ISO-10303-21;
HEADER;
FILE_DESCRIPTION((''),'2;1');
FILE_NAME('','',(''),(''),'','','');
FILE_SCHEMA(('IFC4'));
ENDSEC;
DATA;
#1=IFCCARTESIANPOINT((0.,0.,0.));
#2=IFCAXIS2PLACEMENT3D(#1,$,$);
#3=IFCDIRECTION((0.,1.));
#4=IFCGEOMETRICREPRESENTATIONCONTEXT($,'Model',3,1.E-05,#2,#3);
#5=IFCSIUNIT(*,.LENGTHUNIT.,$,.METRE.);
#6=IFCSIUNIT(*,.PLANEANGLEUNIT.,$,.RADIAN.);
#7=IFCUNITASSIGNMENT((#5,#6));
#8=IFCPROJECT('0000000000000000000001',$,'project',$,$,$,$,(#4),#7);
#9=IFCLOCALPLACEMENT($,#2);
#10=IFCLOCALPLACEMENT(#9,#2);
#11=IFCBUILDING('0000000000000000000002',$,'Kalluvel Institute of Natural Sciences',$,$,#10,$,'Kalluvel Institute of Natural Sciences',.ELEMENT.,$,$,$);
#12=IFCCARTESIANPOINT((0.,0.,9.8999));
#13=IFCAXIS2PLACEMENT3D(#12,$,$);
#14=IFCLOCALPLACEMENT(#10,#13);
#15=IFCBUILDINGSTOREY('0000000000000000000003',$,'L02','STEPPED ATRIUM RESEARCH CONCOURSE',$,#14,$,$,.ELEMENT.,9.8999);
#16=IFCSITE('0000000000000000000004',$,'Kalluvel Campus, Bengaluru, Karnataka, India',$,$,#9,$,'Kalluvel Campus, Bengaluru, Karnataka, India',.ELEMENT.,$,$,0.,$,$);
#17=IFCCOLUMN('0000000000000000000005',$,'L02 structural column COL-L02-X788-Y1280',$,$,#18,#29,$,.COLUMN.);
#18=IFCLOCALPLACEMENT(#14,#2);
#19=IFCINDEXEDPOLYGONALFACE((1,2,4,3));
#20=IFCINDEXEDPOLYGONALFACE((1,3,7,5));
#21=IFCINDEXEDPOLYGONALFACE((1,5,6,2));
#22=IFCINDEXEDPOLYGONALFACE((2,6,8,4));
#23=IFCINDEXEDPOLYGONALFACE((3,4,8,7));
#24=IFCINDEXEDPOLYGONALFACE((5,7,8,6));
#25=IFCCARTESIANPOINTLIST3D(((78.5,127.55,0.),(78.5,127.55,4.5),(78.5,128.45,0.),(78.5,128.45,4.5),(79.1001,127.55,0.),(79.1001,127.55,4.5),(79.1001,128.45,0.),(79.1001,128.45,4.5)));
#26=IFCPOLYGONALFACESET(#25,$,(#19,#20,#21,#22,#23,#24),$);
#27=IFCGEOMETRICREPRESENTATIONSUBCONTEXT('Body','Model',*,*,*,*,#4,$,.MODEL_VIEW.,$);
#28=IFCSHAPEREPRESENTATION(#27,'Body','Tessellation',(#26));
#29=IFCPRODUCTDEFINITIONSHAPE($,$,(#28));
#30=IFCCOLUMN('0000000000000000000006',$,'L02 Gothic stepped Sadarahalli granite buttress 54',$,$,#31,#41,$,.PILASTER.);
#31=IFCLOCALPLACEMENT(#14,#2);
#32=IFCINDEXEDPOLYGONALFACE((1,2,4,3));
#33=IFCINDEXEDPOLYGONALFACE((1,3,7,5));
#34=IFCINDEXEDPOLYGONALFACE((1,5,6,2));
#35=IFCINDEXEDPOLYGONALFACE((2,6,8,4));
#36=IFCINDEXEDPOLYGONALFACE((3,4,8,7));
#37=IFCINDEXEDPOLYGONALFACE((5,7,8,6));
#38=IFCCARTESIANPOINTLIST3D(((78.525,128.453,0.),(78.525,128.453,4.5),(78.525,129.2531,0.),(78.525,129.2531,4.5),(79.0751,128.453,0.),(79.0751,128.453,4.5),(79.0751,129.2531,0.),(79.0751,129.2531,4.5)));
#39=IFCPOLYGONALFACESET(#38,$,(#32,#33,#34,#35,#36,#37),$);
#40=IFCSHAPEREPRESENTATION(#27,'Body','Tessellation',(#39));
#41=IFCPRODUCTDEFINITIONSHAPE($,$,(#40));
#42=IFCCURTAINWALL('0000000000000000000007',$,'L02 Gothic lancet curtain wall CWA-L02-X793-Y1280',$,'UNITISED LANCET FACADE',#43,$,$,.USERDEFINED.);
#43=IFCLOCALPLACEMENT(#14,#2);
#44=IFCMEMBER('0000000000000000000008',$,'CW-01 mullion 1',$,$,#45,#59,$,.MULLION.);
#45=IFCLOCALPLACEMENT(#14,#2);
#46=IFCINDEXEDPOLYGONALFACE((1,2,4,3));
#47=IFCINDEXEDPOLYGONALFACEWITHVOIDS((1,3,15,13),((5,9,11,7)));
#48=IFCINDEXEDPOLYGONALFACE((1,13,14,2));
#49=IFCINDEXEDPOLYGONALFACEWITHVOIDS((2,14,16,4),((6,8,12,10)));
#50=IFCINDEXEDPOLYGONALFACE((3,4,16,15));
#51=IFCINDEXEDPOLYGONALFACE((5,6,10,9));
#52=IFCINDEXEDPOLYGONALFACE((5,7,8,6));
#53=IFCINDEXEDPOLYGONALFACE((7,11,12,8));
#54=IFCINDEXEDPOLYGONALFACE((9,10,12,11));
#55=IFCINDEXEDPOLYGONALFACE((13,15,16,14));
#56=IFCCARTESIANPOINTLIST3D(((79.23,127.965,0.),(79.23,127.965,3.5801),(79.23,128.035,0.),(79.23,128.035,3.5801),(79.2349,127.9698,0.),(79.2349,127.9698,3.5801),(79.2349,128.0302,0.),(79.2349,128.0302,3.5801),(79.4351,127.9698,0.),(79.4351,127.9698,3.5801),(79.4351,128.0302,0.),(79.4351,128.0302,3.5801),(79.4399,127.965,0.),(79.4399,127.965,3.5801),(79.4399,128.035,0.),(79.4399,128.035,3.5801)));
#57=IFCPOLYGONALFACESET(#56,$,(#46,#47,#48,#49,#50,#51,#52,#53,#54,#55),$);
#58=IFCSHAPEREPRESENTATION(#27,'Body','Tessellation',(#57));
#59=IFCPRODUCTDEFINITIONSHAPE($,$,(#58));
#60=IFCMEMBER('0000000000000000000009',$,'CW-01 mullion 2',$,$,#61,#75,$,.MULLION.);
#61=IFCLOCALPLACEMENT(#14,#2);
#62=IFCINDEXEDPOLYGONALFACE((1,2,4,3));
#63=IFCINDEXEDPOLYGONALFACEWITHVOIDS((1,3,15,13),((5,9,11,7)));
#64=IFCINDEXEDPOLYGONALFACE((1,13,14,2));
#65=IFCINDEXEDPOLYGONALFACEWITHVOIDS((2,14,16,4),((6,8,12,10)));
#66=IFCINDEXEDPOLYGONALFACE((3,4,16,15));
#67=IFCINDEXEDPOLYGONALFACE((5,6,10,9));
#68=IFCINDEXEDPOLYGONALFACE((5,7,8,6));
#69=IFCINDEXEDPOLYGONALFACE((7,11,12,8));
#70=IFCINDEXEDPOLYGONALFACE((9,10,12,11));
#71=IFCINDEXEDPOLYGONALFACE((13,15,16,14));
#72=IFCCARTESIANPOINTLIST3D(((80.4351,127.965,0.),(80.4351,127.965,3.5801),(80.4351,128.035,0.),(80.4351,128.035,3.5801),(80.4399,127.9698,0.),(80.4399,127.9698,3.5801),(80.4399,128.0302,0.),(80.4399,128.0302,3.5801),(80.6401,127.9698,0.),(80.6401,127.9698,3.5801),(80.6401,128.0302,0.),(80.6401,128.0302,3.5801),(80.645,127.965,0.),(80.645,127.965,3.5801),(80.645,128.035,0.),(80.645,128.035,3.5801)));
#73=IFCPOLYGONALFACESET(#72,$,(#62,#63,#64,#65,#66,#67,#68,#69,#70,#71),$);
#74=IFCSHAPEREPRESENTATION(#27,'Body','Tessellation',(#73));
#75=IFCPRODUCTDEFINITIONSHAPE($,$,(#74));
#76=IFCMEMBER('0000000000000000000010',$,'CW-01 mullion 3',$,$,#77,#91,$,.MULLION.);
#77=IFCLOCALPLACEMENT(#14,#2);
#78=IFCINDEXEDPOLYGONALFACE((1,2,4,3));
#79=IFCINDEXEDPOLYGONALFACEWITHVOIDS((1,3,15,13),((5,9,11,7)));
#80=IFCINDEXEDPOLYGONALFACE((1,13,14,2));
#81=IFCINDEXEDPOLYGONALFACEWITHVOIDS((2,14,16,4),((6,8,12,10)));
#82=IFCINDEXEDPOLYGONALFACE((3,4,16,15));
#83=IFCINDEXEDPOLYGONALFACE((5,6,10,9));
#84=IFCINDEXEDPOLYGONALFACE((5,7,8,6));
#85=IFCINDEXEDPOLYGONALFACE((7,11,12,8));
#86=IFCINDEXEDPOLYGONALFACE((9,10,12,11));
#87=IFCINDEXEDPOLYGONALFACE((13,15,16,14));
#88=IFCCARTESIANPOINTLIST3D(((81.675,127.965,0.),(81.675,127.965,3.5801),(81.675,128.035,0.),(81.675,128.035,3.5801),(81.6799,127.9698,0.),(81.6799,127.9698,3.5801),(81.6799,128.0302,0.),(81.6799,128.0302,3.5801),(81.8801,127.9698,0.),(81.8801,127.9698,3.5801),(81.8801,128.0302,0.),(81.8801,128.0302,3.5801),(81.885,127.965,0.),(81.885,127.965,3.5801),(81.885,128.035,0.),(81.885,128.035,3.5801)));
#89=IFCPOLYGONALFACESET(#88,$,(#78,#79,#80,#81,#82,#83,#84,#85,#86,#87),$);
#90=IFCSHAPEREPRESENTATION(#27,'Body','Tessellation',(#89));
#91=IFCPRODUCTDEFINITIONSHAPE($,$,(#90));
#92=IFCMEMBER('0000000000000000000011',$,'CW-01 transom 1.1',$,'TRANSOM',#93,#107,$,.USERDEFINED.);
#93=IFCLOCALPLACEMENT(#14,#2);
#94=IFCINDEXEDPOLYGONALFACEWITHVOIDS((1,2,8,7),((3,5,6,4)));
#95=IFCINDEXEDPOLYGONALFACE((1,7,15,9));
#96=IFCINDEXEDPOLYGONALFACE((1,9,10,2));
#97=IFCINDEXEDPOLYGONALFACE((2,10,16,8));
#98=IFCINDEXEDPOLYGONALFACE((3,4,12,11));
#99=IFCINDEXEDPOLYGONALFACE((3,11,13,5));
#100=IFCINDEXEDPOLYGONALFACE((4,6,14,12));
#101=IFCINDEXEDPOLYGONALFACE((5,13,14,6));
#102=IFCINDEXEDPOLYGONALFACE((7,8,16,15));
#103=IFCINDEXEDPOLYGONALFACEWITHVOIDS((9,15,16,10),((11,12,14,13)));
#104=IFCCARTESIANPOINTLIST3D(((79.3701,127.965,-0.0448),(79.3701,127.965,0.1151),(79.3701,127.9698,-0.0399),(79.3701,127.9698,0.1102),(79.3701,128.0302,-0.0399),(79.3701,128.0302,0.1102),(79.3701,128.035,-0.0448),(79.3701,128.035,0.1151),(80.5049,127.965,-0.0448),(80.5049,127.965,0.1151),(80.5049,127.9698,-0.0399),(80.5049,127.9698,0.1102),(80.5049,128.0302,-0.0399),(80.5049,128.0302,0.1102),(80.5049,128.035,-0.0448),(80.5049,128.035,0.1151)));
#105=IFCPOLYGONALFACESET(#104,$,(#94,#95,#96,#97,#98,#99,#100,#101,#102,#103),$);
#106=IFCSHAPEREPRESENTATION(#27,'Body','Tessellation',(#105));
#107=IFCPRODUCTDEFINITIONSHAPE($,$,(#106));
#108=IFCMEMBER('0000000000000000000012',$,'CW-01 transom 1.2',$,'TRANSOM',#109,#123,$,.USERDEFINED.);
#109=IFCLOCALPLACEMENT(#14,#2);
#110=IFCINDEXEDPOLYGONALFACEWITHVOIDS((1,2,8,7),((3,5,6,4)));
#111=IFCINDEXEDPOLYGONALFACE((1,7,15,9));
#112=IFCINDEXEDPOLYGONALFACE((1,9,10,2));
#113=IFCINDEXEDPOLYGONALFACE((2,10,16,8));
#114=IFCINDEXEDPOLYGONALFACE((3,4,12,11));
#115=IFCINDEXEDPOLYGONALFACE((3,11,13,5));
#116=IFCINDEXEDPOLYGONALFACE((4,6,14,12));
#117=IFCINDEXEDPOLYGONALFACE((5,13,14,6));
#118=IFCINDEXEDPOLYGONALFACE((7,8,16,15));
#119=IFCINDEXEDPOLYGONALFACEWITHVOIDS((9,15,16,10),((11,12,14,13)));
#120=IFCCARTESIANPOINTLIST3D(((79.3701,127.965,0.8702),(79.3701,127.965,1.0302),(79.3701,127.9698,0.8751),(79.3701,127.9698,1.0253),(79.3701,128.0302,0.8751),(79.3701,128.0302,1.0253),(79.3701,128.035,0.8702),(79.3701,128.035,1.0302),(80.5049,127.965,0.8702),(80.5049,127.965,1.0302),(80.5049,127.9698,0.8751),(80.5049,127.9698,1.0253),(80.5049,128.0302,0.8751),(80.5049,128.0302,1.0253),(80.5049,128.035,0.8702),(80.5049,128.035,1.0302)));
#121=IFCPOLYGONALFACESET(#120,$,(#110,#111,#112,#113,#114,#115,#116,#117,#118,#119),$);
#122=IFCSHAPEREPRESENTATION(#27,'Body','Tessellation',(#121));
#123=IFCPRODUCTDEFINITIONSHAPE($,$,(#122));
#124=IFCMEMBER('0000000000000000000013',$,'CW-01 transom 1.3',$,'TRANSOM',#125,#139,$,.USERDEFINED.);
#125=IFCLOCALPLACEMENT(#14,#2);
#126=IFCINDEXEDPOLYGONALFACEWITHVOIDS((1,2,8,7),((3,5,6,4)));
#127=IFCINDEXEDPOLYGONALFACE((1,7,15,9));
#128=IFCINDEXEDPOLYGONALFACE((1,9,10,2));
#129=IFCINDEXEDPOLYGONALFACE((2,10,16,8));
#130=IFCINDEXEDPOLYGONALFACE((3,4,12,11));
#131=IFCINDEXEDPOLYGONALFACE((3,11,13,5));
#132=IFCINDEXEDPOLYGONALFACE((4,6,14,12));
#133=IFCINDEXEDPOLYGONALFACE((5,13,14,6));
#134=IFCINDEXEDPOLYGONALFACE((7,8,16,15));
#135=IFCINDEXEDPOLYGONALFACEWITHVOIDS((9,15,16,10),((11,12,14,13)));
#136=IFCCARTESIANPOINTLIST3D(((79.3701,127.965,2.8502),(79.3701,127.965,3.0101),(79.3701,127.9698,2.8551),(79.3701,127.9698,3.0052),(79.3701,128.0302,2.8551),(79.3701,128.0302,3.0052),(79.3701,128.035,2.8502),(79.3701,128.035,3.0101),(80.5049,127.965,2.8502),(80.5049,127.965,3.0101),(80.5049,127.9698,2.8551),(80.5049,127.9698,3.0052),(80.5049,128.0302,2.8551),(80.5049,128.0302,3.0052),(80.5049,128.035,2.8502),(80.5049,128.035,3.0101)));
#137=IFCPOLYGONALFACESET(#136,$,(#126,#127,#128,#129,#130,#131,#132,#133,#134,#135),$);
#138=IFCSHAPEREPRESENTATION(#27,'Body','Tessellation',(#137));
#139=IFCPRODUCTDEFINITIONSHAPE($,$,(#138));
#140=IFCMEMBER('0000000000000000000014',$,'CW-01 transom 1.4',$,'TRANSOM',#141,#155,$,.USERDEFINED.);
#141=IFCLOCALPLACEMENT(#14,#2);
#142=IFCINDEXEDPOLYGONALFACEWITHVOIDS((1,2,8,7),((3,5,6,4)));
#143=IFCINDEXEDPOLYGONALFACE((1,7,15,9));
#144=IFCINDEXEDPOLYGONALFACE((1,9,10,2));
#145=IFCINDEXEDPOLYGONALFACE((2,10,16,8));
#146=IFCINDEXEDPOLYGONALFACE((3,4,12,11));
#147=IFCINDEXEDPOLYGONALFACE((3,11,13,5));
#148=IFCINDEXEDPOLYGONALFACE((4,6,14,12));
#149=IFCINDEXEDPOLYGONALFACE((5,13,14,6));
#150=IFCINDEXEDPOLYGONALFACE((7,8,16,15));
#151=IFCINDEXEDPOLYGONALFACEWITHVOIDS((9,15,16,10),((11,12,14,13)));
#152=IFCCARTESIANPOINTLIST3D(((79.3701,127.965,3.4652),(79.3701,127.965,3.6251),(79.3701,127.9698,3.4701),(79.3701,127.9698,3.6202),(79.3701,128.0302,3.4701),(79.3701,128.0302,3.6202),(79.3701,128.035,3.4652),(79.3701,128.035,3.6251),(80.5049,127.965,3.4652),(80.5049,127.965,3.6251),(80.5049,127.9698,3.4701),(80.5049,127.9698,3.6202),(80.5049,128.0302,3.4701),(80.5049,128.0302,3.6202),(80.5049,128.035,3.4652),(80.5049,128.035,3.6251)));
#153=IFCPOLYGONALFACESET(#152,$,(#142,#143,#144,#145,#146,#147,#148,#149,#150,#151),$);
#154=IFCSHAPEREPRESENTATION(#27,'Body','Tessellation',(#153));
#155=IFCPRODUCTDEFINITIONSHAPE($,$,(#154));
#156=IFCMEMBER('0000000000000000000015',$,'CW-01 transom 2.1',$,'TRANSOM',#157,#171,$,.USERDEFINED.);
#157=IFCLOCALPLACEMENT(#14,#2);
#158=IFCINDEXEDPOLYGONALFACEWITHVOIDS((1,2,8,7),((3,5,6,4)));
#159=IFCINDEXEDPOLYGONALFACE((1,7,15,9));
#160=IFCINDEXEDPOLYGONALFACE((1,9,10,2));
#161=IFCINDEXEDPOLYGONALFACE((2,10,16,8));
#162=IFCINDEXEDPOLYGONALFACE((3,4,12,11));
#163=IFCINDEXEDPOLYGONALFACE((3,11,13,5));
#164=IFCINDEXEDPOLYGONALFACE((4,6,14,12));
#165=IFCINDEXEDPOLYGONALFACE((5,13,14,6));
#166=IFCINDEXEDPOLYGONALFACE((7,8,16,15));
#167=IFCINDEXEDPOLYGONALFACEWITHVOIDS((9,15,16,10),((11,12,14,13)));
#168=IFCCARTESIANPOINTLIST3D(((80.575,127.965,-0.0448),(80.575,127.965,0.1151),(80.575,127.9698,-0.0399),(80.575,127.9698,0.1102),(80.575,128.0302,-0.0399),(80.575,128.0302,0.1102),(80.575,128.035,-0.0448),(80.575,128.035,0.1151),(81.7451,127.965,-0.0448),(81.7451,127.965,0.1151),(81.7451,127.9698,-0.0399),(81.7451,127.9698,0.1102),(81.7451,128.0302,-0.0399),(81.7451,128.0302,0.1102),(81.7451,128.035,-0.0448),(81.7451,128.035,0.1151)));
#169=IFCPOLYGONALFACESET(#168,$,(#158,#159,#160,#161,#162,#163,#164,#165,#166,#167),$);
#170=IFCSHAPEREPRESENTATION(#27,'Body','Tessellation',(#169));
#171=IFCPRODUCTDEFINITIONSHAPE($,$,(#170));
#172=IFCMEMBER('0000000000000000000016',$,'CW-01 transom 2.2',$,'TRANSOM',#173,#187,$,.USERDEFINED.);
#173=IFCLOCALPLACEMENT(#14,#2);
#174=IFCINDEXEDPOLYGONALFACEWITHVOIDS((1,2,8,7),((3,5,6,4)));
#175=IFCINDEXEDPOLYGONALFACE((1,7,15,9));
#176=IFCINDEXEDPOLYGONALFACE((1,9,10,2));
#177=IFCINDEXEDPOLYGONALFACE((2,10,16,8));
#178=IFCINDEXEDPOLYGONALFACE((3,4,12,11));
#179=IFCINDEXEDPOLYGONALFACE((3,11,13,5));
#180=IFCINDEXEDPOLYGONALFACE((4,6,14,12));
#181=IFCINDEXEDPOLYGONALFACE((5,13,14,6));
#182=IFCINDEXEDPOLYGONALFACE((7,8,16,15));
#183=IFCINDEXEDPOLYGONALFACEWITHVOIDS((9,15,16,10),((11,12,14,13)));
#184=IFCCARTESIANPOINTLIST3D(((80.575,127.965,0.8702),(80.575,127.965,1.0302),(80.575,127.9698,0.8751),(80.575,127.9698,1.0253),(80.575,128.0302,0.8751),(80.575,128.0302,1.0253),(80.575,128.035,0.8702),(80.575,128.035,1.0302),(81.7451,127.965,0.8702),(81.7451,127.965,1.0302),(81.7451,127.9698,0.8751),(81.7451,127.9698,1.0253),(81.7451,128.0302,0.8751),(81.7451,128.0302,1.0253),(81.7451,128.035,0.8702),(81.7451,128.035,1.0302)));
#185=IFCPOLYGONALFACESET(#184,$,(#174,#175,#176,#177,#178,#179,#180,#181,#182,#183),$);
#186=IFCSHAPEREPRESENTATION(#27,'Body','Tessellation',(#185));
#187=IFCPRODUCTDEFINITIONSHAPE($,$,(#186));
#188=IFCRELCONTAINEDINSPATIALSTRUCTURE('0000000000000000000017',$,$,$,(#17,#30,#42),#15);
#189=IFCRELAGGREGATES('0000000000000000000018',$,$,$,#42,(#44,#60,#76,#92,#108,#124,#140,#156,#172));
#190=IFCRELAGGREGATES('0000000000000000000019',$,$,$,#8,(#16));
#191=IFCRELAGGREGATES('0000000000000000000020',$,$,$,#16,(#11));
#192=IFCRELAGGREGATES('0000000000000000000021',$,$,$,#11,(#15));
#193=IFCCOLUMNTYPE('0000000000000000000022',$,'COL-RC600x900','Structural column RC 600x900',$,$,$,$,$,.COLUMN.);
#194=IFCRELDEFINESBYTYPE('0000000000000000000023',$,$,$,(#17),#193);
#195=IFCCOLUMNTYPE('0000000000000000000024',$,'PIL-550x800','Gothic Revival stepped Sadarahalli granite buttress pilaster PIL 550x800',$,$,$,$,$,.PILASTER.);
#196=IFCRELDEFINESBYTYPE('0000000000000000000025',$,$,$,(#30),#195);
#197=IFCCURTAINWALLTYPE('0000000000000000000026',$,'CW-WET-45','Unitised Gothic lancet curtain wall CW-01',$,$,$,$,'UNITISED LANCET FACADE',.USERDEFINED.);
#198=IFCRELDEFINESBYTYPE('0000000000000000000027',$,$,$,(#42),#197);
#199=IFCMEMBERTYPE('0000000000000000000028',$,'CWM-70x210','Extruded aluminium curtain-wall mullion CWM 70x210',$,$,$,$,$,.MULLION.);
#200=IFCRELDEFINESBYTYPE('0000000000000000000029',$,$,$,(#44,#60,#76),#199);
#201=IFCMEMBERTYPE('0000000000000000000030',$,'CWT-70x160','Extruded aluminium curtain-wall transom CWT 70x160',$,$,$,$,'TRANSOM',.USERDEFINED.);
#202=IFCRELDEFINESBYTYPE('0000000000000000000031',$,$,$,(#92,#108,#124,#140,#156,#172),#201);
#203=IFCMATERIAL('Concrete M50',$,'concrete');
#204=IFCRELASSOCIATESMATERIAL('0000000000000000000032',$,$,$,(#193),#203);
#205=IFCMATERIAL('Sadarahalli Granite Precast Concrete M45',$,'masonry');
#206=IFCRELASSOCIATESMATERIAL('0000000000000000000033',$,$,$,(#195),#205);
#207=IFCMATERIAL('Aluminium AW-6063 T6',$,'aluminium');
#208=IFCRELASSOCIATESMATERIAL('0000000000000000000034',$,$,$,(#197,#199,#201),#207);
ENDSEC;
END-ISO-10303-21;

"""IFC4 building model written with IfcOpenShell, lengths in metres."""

from ifc_helpers import new_model, si_unit, direction, frame, origin, origin_2d, place, context, subcontext, project, spatial, rectangle, hollow_rectangle, extrude, material, material_profile, profile_set, type_object, element, aggregate, save


model = new_model("IFC4")

# Units and contexts
model_context = context("Model", 3, precision=1e-05, world=origin(), true_north=direction((0.0, 1.0)))
body_context = subcontext(model_context, "Body", "Model", "MODEL_VIEW")
ifc_project = project(units=[si_unit("LENGTHUNIT", "METRE"), si_unit("PLANEANGLEUNIT", "RADIAN")], contexts=[model_context])

# Site, building, storey
site_placement = place(None, origin())
site = spatial("IfcSite", under=ifc_project, at=site_placement, Name="Kalluvel Campus, Bengaluru, Karnataka, India", LongName="Kalluvel Campus, Bengaluru, Karnataka, India", CompositionType="ELEMENT", RefElevation=0.0)
building_placement = place(site_placement, origin())
building = spatial("IfcBuilding", under=site, at=building_placement, Name="Kalluvel Institute of Natural Sciences", LongName="Kalluvel Institute of Natural Sciences", CompositionType="ELEMENT")
storey_placement = place(building_placement, frame((0.0, 0.0, 9.8999)))
storey = spatial("IfcBuildingStorey", under=building, at=storey_placement, Name="L02", Description="STEPPED ATRIUM RESEARCH CONCOURSE", CompositionType="ELEMENT", Elevation=9.8999)

# Columns
ifc_material_1 = material(Name="Concrete M50", Category="concrete")
ifc_material_profile_1 = material_profile(ifc_material_1, rectangle(XDim=0.6001, YDim=0.8999, at=origin_2d()), Name="RC 600x900")
ifc_profile_set_1 = profile_set([ifc_material_profile_1], Name="Concrete M50")
column_type_1 = type_object("IfcColumnType", Name="COL-RC600x900", Description="Structural column RC 600x900", PredefinedType="COLUMN", material=ifc_profile_set_1)
column_1_placement = place(storey_placement, frame((78.8, 128.0, 0.0), z_axis=(0.0, 0.0, 1.0), x_axis=(1.0, 0.0, 0.0)))
element("IfcColumn", 1, at=column_1_placement, inside=storey, type_object=column_type_1, Name="L02 structural column COL-L02-X788-Y1280", PredefinedType="COLUMN", context=body_context, shape_type="SweptSolid", body=[
    extrude(rectangle(XDim=0.6001, YDim=0.8999, at=origin_2d()), origin(), (0.0, 0.0, 1.0), 4.5),
])
ifc_material_2 = material(Name="Sadarahalli Granite Precast Concrete M45", Category="masonry")
ifc_material_profile_2 = material_profile(ifc_material_2, rectangle(XDim=0.55, YDim=0.8, at=origin_2d()), Name="PIL 550x800")
ifc_profile_set_2 = profile_set([ifc_material_profile_2], Name="Sadarahalli Granite Precast Concrete M45")
column_type_2 = type_object("IfcColumnType", Name="PIL-550x800", Description="Gothic Revival stepped Sadarahalli granite buttress pilaster PIL 550x800", PredefinedType="PILASTER", material=ifc_profile_set_2)
column_2_placement = place(storey_placement, frame((78.8, 128.853, 0.0), z_axis=(0.0, 0.0, 1.0), x_axis=(1.0, 0.0, 0.0)))
element("IfcColumn", 2, at=column_2_placement, inside=storey, type_object=column_type_2, Name="L02 Gothic stepped Sadarahalli granite buttress 54", PredefinedType="PILASTER", context=body_context, shape_type="SweptSolid", body=[
    extrude(rectangle(XDim=0.55, YDim=0.8, at=origin_2d()), origin(), (0.0, 0.0, 1.0), 4.5),
])

# Curtain wall, members
ifc_material_3 = material(Name="Aluminium AW-6063 T6", Category="aluminium")
curtain_wall_type = type_object("IfcCurtainWallType", Name="CW-WET-45", Description="Unitised Gothic lancet curtain wall CW-01", ElementType="UNITISED LANCET FACADE", PredefinedType="USERDEFINED", material=ifc_material_3)
curtain_wall_placement = place(storey_placement, origin())
curtain_wall = element("IfcCurtainWall", 3, at=curtain_wall_placement, inside=storey, type_object=curtain_wall_type, Name="L02 Gothic lancet curtain wall CWA-L02-X793-Y1280", ObjectType="UNITISED LANCET FACADE", PredefinedType="USERDEFINED")
ifc_material_profile_3 = material_profile(ifc_material_3, hollow_rectangle(XDim=0.0701, YDim=0.21, WallThickness=0.0049, at=origin_2d()), Name="CWM 70x210")
ifc_profile_set_3 = profile_set([ifc_material_profile_3], Name="Aluminium AW-6063 T6")
member_type_1 = type_object("IfcMemberType", Name="CWM-70x210", Description="Extruded aluminium curtain-wall mullion CWM 70x210", PredefinedType="MULLION", material=ifc_profile_set_3)
member_1_placement = place(storey_placement, frame((79.335, 128.0, 0.0), z_axis=(0.0, 0.0, 1.0), x_axis=(0.0, 1.0, 0.0)))
member_1 = element("IfcMember", 4, at=member_1_placement, type_object=member_type_1, Name="CW-01 mullion 1", PredefinedType="MULLION", context=body_context, shape_type="SweptSolid", body=[
    extrude(hollow_rectangle(XDim=0.0701, YDim=0.21, WallThickness=0.0049, at=origin_2d()), origin(), (0.0, 0.0, 1.0), 3.5801),
])
member_2_placement = place(storey_placement, frame((80.54, 128.0, 0.0), z_axis=(0.0, 0.0, 1.0), x_axis=(0.0, 1.0, 0.0)))
member_2 = element("IfcMember", 5, at=member_2_placement, type_object=member_type_1, Name="CW-01 mullion 2", PredefinedType="MULLION", context=body_context, shape_type="SweptSolid", body=[
    extrude(hollow_rectangle(XDim=0.0701, YDim=0.21, WallThickness=0.0049, at=origin_2d()), origin(), (0.0, 0.0, 1.0), 3.5801),
])
member_3_placement = place(storey_placement, frame((81.78, 128.0, 0.0), z_axis=(0.0, 0.0, 1.0), x_axis=(0.0, 1.0, 0.0)))
member_3 = element("IfcMember", 6, at=member_3_placement, type_object=member_type_1, Name="CW-01 mullion 3", PredefinedType="MULLION", context=body_context, shape_type="SweptSolid", body=[
    extrude(hollow_rectangle(XDim=0.0701, YDim=0.21, WallThickness=0.0049, at=origin_2d()), origin(), (0.0, 0.0, 1.0), 3.5801),
])
ifc_material_profile_4 = material_profile(ifc_material_3, hollow_rectangle(XDim=0.0701, YDim=0.1599, WallThickness=0.0049, at=origin_2d()), Name="CWT 70x160")
ifc_profile_set_4 = profile_set([ifc_material_profile_4], Name="Aluminium AW-6063 T6")
member_type_2 = type_object("IfcMemberType", Name="CWT-70x160", Description="Extruded aluminium curtain-wall transom CWT 70x160", ElementType="TRANSOM", PredefinedType="USERDEFINED", material=ifc_profile_set_4)
member_4_placement = place(storey_placement, frame((79.3701, 128.0, 0.0352), z_axis=(1.0, 0.0, 0.0), x_axis=(0.0, 1.0, 0.0)))
member_4 = element("IfcMember", 7, at=member_4_placement, type_object=member_type_2, Name="CW-01 transom 1.1", ObjectType="TRANSOM", PredefinedType="USERDEFINED", context=body_context, shape_type="SweptSolid", body=[
    extrude(hollow_rectangle(XDim=0.0701, YDim=0.1599, WallThickness=0.0049, at=origin_2d()), origin(), (0.0, 0.0, 1.0), 1.1348),
])
member_5_placement = place(storey_placement, frame((79.3701, 128.0, 0.9502), z_axis=(1.0, 0.0, 0.0), x_axis=(0.0, 1.0, 0.0)))
member_5 = element("IfcMember", 8, at=member_5_placement, type_object=member_type_2, Name="CW-01 transom 1.2", ObjectType="TRANSOM", PredefinedType="USERDEFINED", context=body_context, shape_type="SweptSolid", body=[
    extrude(hollow_rectangle(XDim=0.0701, YDim=0.1599, WallThickness=0.0049, at=origin_2d()), origin(), (0.0, 0.0, 1.0), 1.1348),
])
member_6_placement = place(storey_placement, frame((79.3701, 128.0, 2.9302), z_axis=(1.0, 0.0, 0.0), x_axis=(0.0, 1.0, 0.0)))
member_6 = element("IfcMember", 9, at=member_6_placement, type_object=member_type_2, Name="CW-01 transom 1.3", ObjectType="TRANSOM", PredefinedType="USERDEFINED", context=body_context, shape_type="SweptSolid", body=[
    extrude(hollow_rectangle(XDim=0.0701, YDim=0.1599, WallThickness=0.0049, at=origin_2d()), origin(), (0.0, 0.0, 1.0), 1.1348),
])
member_7_placement = place(storey_placement, frame((79.3701, 128.0, 3.5452), z_axis=(1.0, 0.0, 0.0), x_axis=(0.0, 1.0, 0.0)))
member_7 = element("IfcMember", 10, at=member_7_placement, type_object=member_type_2, Name="CW-01 transom 1.4", ObjectType="TRANSOM", PredefinedType="USERDEFINED", context=body_context, shape_type="SweptSolid", body=[
    extrude(hollow_rectangle(XDim=0.0701, YDim=0.1599, WallThickness=0.0049, at=origin_2d()), origin(), (0.0, 0.0, 1.0), 1.1348),
])
member_8_placement = place(storey_placement, frame((80.575, 128.0, 0.0352), z_axis=(1.0, 0.0, 0.0), x_axis=(0.0, 1.0, 0.0)))
member_8 = element("IfcMember", 11, at=member_8_placement, type_object=member_type_2, Name="CW-01 transom 2.1", ObjectType="TRANSOM", PredefinedType="USERDEFINED", context=body_context, shape_type="SweptSolid", body=[
    extrude(hollow_rectangle(XDim=0.0701, YDim=0.1599, WallThickness=0.0049, at=origin_2d()), origin(), (0.0, 0.0, 1.0), 1.1702),
])
member_9_placement = place(storey_placement, frame((80.575, 128.0, 0.9502), z_axis=(1.0, 0.0, 0.0), x_axis=(0.0, 1.0, 0.0)))
member_9 = element("IfcMember", 12, at=member_9_placement, type_object=member_type_2, Name="CW-01 transom 2.2", ObjectType="TRANSOM", PredefinedType="USERDEFINED", context=body_context, shape_type="SweptSolid", body=[
    extrude(hollow_rectangle(XDim=0.0701, YDim=0.1599, WallThickness=0.0049, at=origin_2d()), origin(), (0.0, 0.0, 1.0), 1.1702),
])

aggregate(curtain_wall, [member_1, member_2, member_3, member_4, member_5, member_6, member_7, member_8, member_9])

save(model, "model.ifc")
